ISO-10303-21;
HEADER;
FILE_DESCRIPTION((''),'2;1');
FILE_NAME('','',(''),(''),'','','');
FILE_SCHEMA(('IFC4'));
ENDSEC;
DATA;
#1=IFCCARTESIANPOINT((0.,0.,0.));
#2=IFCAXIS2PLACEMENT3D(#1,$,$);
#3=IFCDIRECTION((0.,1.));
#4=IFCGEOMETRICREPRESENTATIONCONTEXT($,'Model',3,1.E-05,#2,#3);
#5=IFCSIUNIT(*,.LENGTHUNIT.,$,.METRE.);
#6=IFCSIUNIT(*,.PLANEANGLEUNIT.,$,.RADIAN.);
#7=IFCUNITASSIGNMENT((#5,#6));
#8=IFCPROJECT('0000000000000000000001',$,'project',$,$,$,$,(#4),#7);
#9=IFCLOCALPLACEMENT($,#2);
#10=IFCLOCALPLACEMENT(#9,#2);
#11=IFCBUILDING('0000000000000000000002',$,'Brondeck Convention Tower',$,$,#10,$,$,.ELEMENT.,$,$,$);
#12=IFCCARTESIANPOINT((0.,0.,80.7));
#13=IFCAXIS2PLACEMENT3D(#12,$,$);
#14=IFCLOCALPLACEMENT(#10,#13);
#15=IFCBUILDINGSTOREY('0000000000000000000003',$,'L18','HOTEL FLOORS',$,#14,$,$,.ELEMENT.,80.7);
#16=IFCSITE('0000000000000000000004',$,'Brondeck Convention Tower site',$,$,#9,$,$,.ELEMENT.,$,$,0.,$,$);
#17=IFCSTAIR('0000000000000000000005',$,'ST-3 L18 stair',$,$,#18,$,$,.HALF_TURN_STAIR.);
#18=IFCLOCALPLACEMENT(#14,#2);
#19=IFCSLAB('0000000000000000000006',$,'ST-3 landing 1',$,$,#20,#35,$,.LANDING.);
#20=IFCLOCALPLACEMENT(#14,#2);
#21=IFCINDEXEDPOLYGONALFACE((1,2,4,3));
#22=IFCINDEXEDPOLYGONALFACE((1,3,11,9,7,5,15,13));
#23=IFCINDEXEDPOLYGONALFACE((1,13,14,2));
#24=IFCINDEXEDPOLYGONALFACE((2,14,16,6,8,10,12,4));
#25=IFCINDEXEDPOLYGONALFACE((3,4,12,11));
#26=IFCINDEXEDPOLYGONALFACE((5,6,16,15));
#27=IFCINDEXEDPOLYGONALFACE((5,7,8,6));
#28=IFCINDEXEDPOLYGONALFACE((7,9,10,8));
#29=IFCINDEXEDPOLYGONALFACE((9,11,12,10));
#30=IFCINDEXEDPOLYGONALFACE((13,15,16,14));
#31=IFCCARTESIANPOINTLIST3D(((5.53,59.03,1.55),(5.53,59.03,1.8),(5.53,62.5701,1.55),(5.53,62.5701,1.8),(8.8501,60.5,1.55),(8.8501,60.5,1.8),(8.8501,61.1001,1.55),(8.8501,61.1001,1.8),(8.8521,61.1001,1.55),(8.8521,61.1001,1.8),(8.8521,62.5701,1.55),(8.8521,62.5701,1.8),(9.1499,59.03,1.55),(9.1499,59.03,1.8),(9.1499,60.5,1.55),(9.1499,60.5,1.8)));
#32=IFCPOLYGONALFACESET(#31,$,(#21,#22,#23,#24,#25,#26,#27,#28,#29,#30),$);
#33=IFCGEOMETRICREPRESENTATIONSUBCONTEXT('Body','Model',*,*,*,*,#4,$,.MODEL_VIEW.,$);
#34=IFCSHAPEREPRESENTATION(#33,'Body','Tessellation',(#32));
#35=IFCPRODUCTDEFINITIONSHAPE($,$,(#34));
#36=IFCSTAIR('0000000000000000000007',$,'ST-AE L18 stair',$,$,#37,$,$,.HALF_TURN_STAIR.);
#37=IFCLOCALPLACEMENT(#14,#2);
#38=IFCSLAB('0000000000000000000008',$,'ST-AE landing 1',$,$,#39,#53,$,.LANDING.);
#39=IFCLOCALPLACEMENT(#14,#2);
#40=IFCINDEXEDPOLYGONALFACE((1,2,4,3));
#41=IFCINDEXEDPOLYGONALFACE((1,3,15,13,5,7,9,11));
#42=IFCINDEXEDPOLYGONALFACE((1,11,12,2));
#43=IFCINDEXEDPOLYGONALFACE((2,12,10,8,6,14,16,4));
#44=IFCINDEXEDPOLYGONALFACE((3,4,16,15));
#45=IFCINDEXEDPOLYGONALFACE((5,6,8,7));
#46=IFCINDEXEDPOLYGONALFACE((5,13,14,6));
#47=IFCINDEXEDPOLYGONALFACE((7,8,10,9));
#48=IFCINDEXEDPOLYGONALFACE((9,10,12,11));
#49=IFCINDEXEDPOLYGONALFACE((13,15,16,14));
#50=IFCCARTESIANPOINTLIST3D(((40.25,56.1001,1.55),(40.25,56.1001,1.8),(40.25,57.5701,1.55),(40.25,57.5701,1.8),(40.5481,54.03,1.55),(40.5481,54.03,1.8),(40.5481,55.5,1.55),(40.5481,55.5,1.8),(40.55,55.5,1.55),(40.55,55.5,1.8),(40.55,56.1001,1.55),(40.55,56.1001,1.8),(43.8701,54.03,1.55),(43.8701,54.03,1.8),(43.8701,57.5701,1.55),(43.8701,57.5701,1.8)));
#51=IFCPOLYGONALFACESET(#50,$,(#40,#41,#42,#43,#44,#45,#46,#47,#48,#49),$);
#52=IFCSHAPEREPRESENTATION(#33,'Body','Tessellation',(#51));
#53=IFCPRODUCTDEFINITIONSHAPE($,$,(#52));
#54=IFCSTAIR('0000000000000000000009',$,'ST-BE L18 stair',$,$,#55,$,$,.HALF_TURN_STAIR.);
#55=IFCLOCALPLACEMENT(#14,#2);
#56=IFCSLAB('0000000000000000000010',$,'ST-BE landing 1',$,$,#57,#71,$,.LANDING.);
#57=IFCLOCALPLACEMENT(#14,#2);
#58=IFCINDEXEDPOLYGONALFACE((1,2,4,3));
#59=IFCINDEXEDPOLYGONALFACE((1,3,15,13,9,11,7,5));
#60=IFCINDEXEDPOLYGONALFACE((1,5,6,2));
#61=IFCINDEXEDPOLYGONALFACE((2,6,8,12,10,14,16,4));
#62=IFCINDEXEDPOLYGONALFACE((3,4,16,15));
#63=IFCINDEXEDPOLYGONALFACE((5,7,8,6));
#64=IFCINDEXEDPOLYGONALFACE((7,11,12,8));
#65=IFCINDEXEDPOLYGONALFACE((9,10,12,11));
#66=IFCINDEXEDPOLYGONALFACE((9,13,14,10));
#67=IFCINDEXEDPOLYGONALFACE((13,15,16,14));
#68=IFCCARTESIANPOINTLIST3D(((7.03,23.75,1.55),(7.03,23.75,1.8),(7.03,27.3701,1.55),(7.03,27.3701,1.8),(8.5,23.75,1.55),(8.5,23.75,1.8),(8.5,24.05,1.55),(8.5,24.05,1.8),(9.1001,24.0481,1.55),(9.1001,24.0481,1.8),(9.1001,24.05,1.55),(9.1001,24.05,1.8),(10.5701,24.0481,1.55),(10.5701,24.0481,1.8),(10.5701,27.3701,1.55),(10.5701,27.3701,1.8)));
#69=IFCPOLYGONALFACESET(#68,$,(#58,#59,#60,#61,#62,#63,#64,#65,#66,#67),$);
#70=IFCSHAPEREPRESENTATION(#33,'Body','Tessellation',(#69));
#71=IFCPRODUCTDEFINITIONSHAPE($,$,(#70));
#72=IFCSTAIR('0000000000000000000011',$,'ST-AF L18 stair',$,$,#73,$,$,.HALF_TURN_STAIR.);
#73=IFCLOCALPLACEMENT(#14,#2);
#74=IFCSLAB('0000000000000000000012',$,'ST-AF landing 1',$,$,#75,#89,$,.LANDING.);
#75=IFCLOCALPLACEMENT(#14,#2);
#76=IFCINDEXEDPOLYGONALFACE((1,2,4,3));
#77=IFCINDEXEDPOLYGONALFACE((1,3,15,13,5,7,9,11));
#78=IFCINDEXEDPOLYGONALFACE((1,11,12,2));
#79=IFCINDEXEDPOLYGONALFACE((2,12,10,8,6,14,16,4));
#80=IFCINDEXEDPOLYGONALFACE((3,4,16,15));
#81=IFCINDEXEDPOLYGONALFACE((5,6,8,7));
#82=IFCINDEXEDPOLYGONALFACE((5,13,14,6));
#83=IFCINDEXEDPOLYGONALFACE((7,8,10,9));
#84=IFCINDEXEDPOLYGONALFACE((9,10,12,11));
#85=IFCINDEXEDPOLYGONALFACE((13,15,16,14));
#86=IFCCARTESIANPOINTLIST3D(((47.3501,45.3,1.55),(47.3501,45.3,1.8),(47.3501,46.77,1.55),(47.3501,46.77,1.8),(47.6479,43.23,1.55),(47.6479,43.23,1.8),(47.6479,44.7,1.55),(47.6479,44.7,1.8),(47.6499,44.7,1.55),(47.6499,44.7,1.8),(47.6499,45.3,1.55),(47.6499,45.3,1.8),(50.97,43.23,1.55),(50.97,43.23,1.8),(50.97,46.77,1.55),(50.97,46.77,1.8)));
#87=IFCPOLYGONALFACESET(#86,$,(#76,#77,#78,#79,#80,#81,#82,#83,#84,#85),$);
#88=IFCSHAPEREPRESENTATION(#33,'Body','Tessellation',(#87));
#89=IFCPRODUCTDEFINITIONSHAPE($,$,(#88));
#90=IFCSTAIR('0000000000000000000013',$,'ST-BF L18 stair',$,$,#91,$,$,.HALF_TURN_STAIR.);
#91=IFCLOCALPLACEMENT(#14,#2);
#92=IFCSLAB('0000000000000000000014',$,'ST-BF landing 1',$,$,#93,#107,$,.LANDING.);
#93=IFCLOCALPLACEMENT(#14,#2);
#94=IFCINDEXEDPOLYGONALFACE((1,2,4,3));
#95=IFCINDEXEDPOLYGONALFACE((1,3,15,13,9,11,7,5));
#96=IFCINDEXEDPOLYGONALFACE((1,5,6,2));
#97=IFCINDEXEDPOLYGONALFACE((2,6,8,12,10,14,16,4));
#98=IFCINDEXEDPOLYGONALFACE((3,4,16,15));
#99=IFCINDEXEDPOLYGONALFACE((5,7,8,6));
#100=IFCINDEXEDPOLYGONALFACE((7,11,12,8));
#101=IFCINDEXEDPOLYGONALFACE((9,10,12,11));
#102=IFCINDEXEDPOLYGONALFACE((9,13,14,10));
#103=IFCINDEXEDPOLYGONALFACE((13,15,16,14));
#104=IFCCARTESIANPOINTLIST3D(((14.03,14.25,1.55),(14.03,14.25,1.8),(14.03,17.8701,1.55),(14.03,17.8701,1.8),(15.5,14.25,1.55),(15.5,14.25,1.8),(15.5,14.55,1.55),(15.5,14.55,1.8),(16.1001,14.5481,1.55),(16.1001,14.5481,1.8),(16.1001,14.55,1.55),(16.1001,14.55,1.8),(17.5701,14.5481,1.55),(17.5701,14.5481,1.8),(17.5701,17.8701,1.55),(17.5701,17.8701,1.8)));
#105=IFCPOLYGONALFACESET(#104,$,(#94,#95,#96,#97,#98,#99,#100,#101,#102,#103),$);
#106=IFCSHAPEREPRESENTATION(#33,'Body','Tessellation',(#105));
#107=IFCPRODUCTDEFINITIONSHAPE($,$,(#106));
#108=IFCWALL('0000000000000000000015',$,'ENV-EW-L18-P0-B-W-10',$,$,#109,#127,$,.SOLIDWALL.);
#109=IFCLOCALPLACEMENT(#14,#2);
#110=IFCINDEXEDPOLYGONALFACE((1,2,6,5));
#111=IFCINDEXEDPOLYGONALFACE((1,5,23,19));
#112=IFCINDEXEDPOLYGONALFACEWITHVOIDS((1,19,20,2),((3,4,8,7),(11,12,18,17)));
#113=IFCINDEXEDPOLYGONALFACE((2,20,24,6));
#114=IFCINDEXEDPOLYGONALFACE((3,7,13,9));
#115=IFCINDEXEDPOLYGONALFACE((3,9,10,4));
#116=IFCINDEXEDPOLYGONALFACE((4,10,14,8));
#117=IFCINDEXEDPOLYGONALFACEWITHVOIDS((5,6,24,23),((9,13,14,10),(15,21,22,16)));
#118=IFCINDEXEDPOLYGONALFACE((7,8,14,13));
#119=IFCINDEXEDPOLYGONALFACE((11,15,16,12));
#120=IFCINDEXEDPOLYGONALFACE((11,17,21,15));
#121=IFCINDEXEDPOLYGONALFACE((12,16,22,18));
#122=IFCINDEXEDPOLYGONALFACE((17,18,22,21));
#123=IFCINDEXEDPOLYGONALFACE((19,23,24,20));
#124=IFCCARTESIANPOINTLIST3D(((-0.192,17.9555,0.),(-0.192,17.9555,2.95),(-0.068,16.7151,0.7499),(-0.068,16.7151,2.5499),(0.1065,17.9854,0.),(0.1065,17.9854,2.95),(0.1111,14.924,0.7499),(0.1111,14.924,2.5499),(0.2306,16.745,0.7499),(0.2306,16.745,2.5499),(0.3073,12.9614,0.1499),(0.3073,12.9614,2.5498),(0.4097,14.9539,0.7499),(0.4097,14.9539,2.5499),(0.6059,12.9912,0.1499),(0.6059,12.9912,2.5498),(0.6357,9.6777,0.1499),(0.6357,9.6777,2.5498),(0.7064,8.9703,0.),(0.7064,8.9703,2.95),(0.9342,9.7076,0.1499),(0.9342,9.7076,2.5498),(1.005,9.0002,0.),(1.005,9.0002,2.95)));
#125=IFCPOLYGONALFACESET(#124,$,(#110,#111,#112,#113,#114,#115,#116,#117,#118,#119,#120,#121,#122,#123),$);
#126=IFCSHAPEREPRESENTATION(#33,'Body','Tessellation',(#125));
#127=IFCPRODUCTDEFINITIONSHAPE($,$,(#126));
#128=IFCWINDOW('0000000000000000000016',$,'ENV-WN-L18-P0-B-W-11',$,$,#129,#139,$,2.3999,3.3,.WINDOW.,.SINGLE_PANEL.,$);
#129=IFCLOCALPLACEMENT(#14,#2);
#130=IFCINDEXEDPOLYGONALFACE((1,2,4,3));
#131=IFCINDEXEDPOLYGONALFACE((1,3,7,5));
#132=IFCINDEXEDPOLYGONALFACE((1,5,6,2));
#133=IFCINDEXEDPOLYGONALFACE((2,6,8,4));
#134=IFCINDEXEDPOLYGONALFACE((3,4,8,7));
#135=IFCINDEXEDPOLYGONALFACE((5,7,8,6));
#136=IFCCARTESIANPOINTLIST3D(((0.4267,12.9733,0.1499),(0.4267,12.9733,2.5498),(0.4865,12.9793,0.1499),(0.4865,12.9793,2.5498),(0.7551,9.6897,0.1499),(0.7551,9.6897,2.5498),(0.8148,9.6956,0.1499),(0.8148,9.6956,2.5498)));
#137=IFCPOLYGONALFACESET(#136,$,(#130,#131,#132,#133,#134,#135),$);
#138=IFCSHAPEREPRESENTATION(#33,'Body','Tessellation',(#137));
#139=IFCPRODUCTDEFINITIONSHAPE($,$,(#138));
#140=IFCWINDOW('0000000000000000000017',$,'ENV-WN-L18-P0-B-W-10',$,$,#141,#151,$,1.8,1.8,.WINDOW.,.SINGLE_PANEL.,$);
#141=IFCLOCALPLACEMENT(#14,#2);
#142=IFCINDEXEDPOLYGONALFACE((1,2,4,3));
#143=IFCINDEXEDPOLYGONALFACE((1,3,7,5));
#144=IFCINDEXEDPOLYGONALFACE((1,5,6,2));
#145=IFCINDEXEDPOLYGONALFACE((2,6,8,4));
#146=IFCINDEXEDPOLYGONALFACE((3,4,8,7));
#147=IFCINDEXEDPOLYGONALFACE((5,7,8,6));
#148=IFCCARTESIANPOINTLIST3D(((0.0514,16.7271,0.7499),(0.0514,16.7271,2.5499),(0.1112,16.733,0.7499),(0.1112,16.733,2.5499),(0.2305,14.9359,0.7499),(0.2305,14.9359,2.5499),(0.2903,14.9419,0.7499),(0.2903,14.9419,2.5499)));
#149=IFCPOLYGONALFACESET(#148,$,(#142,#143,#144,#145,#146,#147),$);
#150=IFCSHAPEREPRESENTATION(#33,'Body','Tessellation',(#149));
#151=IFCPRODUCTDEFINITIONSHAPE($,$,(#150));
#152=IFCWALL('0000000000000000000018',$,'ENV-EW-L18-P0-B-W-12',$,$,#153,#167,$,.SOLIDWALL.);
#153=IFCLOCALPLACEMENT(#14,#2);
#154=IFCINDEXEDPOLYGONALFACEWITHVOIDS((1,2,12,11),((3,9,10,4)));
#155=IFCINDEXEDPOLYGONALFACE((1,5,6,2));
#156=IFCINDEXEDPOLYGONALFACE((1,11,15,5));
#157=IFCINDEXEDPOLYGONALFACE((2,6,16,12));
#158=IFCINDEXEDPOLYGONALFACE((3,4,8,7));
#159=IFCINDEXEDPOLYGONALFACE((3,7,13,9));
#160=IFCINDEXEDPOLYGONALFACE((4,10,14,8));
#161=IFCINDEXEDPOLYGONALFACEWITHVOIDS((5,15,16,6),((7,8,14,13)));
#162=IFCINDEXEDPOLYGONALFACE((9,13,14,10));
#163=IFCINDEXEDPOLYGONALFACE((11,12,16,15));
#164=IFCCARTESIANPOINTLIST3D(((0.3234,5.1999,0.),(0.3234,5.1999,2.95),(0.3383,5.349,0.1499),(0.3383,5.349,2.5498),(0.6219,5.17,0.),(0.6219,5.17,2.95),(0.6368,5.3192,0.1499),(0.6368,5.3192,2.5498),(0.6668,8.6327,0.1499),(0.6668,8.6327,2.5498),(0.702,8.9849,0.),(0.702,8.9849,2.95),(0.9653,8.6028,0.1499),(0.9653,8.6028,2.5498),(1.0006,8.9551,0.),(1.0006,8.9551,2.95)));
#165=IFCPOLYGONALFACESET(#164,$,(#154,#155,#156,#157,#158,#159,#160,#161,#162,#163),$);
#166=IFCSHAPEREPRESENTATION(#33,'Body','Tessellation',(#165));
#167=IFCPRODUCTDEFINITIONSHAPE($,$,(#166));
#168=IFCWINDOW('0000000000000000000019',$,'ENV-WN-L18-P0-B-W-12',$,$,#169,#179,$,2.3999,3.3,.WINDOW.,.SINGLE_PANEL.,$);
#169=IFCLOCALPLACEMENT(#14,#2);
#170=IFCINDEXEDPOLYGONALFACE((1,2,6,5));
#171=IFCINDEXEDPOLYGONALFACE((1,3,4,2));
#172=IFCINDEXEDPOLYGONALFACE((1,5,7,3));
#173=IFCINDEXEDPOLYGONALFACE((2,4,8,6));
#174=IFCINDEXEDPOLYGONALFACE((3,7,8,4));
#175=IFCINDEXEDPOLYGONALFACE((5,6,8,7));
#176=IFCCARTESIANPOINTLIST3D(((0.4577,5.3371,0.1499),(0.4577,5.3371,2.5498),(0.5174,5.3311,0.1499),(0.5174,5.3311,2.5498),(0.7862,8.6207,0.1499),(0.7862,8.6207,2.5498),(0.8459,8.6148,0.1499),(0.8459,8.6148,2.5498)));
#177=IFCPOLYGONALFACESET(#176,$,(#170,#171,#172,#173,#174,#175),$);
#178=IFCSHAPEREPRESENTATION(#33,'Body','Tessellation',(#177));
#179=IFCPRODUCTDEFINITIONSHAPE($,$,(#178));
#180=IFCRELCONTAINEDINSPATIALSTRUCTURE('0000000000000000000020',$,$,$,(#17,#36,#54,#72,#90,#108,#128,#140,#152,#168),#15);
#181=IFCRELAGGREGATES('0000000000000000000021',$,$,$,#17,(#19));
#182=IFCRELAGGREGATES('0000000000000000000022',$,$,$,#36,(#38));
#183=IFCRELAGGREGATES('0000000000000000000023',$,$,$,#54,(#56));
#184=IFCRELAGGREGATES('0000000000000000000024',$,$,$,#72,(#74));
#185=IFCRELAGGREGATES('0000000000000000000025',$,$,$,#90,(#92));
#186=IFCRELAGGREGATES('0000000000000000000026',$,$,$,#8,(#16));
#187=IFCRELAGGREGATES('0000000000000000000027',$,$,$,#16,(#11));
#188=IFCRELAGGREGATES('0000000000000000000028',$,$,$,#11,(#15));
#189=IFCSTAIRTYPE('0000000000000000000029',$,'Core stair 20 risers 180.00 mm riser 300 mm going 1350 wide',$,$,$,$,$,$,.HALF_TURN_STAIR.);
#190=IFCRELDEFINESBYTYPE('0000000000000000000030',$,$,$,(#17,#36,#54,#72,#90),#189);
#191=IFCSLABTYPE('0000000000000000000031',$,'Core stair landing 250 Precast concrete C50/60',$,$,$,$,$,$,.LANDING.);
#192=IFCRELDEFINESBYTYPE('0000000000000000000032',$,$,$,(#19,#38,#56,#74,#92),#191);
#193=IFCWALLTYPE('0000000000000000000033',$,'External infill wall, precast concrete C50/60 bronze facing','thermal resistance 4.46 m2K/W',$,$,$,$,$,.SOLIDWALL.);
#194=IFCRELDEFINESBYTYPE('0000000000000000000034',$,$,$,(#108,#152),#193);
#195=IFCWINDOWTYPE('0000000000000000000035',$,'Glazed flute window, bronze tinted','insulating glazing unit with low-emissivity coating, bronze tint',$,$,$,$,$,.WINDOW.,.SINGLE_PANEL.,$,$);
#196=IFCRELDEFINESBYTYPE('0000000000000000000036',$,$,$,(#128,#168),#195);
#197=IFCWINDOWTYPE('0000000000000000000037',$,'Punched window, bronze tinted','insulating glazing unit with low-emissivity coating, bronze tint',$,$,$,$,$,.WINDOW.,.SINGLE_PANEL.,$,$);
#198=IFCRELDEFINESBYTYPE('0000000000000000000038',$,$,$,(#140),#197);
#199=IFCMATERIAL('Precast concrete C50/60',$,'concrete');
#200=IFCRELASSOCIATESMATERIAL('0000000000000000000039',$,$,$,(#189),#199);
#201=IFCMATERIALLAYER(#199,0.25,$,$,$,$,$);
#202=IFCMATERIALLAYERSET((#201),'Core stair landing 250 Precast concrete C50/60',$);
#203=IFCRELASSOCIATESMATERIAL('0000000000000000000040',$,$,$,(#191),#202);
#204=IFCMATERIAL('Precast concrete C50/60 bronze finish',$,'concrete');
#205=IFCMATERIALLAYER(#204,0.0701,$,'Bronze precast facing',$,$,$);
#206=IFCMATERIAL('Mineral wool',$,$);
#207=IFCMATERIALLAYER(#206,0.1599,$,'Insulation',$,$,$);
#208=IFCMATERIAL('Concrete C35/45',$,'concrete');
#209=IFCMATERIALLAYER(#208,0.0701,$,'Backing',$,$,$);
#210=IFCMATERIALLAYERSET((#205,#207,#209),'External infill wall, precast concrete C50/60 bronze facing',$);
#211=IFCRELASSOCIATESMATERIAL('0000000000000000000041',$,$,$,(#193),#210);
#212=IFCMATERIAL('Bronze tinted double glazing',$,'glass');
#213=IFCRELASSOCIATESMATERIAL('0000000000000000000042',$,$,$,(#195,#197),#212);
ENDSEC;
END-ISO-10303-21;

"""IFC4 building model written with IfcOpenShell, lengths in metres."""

from ifc_helpers import new_model, si_unit, direction, frame, frame_2d, origin, place, context, subcontext, project, spatial, polyline, rectangle, outline, extrude, material, layer, layer_set, type_object, element, fill, aggregate, save


model = new_model("IFC4")

# Units and contexts
model_context = context("Model", 3, precision=1e-05, world=origin(), true_north=direction((0.0, 1.0)))
body_context = subcontext(model_context, "Body", "Model", "MODEL_VIEW")
ifc_project = project(units=[si_unit("LENGTHUNIT", "METRE"), si_unit("PLANEANGLEUNIT", "RADIAN")], contexts=[model_context])

# Site, building, storey
site_placement = place(None, origin())
site = spatial("IfcSite", under=ifc_project, at=site_placement, Name="Brondeck Convention Tower site", CompositionType="ELEMENT", RefElevation=0.0)
building_placement = place(site_placement, origin())
building = spatial("IfcBuilding", under=site, at=building_placement, Name="Brondeck Convention Tower", CompositionType="ELEMENT")
storey_placement = place(building_placement, frame((0.0, 0.0, 80.7)))
storey = spatial("IfcBuildingStorey", under=building, at=storey_placement, Name="L18", Description="HOTEL FLOORS", CompositionType="ELEMENT", Elevation=80.7)

# Shared definitions
ifc_material_1 = material(Name="Concrete C35/45", Category="concrete")

# Stairs, slabs
ifc_material_2 = material(Name="Precast concrete C50/60", Category="concrete")
stair_type = type_object("IfcStairType", Name="Core stair 20 risers 180.00 mm riser 300 mm going 1350 wide", PredefinedType="HALF_TURN_STAIR", material=ifc_material_2)
ifc_layer_1 = layer(ifc_material_2, 0.25)
ifc_layer_set_1 = layer_set([ifc_layer_1], Name="Core stair landing 250 Precast concrete C50/60")
slab_type_1 = type_object("IfcSlabType", Name="Core stair landing 250 Precast concrete C50/60", PredefinedType="LANDING", material=ifc_layer_set_1)
stair_1_placement = place(storey_placement, origin())
stair_1 = element("IfcStair", 1, at=stair_1_placement, inside=storey, type_object=stair_type, Name="ST-3 L18 stair", PredefinedType="HALF_TURN_STAIR")
slab_1_placement = place(storey_placement, frame((0.0, 0.0, 1.55)))
slab_1 = element("IfcSlab", 2, at=slab_1_placement, type_object=slab_type_1, Name="ST-3 landing 1", PredefinedType="LANDING", context=body_context, shape_type="SweptSolid", body=[
    extrude(outline(polyline([(9.1499, 60.5), (9.1499, 59.03), (5.53, 59.03), (5.53, 62.5701), (8.8521, 62.5701), (8.8521, 61.1001), (8.8501, 61.1001), (8.8501, 60.5), (9.1499, 60.5)])), origin(), (0.0, 0.0, 1.0), 0.25),
])
aggregate(stair_1, [slab_1])
stair_2_placement = place(storey_placement, origin())
stair_2 = element("IfcStair", 3, at=stair_2_placement, inside=storey, type_object=stair_type, Name="ST-AE L18 stair", PredefinedType="HALF_TURN_STAIR")
slab_2_placement = place(storey_placement, frame((0.0, 0.0, 1.55)))
slab_2 = element("IfcSlab", 4, at=slab_2_placement, type_object=slab_type_1, Name="ST-AE landing 1", PredefinedType="LANDING", context=body_context, shape_type="SweptSolid", body=[
    extrude(outline(polyline([(40.5481, 55.5), (40.55, 55.5), (40.55, 56.1001), (40.25, 56.1001), (40.25, 57.5701), (43.8701, 57.5701), (43.8701, 54.03), (40.5481, 54.03), (40.5481, 55.5)])), origin(), (0.0, 0.0, 1.0), 0.25),
])
aggregate(stair_2, [slab_2])
stair_3_placement = place(storey_placement, origin())
stair_3 = element("IfcStair", 5, at=stair_3_placement, inside=storey, type_object=stair_type, Name="ST-BE L18 stair", PredefinedType="HALF_TURN_STAIR")
slab_3_placement = place(storey_placement, frame((0.0, 0.0, 1.55)))
slab_3 = element("IfcSlab", 6, at=slab_3_placement, type_object=slab_type_1, Name="ST-BE landing 1", PredefinedType="LANDING", context=body_context, shape_type="SweptSolid", body=[
    extrude(outline(polyline([(7.03, 23.75), (7.03, 27.3701), (10.5701, 27.3701), (10.5701, 24.0481), (9.1001, 24.0481), (9.1001, 24.05), (8.5, 24.05), (8.5, 23.75), (7.03, 23.75)])), origin(), (0.0, 0.0, 1.0), 0.25),
])
aggregate(stair_3, [slab_3])
stair_4_placement = place(storey_placement, origin())
stair_4 = element("IfcStair", 7, at=stair_4_placement, inside=storey, type_object=stair_type, Name="ST-AF L18 stair", PredefinedType="HALF_TURN_STAIR")
slab_4_placement = place(storey_placement, frame((0.0, 0.0, 1.55)))
slab_4 = element("IfcSlab", 8, at=slab_4_placement, type_object=slab_type_1, Name="ST-AF landing 1", PredefinedType="LANDING", context=body_context, shape_type="SweptSolid", body=[
    extrude(outline(polyline([(47.6479, 44.7), (47.6499, 44.7), (47.6499, 45.3), (47.3501, 45.3), (47.3501, 46.77), (50.97, 46.77), (50.97, 43.23), (47.6479, 43.23), (47.6479, 44.7)])), origin(), (0.0, 0.0, 1.0), 0.25),
])
aggregate(stair_4, [slab_4])
stair_5_placement = place(storey_placement, origin())
stair_5 = element("IfcStair", 9, at=stair_5_placement, inside=storey, type_object=stair_type, Name="ST-BF L18 stair", PredefinedType="HALF_TURN_STAIR")
slab_5_placement = place(storey_placement, frame((0.0, 0.0, 1.55)))
slab_5 = element("IfcSlab", 10, at=slab_5_placement, type_object=slab_type_1, Name="ST-BF landing 1", PredefinedType="LANDING", context=body_context, shape_type="SweptSolid", body=[
    extrude(outline(polyline([(14.03, 14.25), (14.03, 17.8701), (17.5701, 17.8701), (17.5701, 14.5481), (16.1001, 14.5481), (16.1001, 14.55), (15.5, 14.55), (15.5, 14.25), (14.03, 14.25)])), origin(), (0.0, 0.0, 1.0), 0.25),
])
aggregate(stair_5, [slab_5])

# Wall, openings, windows
ifc_material_3 = material(Name="Precast concrete C50/60 bronze finish", Category="concrete")
ifc_layer_2 = layer(ifc_material_3, 0.0701, Name="Bronze precast facing")
ifc_material_4 = material(Name="Mineral wool")
ifc_layer_3 = layer(ifc_material_4, 0.1599, Name="Insulation")
ifc_layer_4 = layer(ifc_material_1, 0.0701, Name="Backing")
ifc_layer_set_2 = layer_set([ifc_layer_2, ifc_layer_3, ifc_layer_4], Name="External infill wall, precast concrete C50/60 bronze facing")
wall_type_1 = type_object("IfcWallType", Name="External infill wall, precast concrete C50/60 bronze facing", Description="thermal resistance 4.46 m2K/W", PredefinedType="SOLIDWALL", material=ifc_layer_set_2)
wall_1_placement = place(storey_placement, frame((0.8557, 8.9851, 0.0), z_axis=(0.0, 0.0, 1.0), x_axis=(-0.099496, 0.995038, 0.0)))
wall_1 = element("IfcWall", 11, at=wall_1_placement, inside=storey, type_object=wall_type_1, Name="ENV-EW-L18-P0-B-W-10", PredefinedType="SOLIDWALL", context=body_context, shape_type="SweptSolid", body=[
    extrude(rectangle(XDim=9.03, YDim=0.3, at=frame_2d((4.5151, 0.0))), origin(), (0.0, 0.0, 1.0), 2.95),
])
opening_1_placement = place(wall_1_placement, frame((0.7112, 0.0, 0.1499)))
opening_1 = element("IfcOpeningElement", 12, at=opening_1_placement, cuts=wall_1, PredefinedType="OPENING", context=body_context, shape_type="SweptSolid", body=[
    extrude(rectangle(XDim=3.3, YDim=2.3999, at=frame_2d((1.6499, 1.2))), frame((0.0, 0.1599, 0.0), z_axis=(0.0, -1.0, 0.0), x_axis=(1.0, 0.0, 0.0)), (0.0, 0.0, 1.0), 0.3201),
])
opening_2_placement = place(wall_1_placement, frame((5.9836, 0.0, 0.75)))
opening_2 = element("IfcOpeningElement", 13, at=opening_2_placement, cuts=wall_1, PredefinedType="OPENING", context=body_context, shape_type="SweptSolid", body=[
    extrude(rectangle(XDim=1.8, YDim=1.8, at=frame_2d((0.8999, 0.8999))), frame((0.0, 0.1599, 0.0), z_axis=(0.0, -1.0, 0.0), x_axis=(1.0, 0.0, 0.0)), (0.0, 0.0, 1.0), 0.3201),
])
ifc_material_5 = material(Name="Bronze tinted double glazing", Category="glass")
window_type_1 = type_object("IfcWindowType", Name="Glazed flute window, bronze tinted", Description="insulating glazing unit with low-emissivity coating, bronze tint", PartitioningType="SINGLE_PANEL", PredefinedType="WINDOW", material=ifc_material_5)
window_1_placement = place(opening_1_placement, origin())
window_1 = element("IfcWindow", 14, at=window_1_placement, inside=storey, type_object=window_type_1, Name="ENV-WN-L18-P0-B-W-11", OverallHeight=2.3999, OverallWidth=3.3, PartitioningType="SINGLE_PANEL", PredefinedType="WINDOW", context=body_context, shape_type="SweptSolid", body=[
    extrude(rectangle(XDim=3.3, YDim=2.3999, at=frame_2d((1.6499, 1.2))), frame((0.0, 0.03, 0.0), z_axis=(0.0, -1.0, 0.0), x_axis=(1.0, 0.0, 0.0)), (0.0, 0.0, 1.0), 0.0601),
])
fill(opening_1, window_1)
window_type_2 = type_object("IfcWindowType", Name="Punched window, bronze tinted", Description="insulating glazing unit with low-emissivity coating, bronze tint", PartitioningType="SINGLE_PANEL", PredefinedType="WINDOW", material=ifc_material_5)
window_2_placement = place(opening_2_placement, origin())
window_2 = element("IfcWindow", 15, at=window_2_placement, inside=storey, type_object=window_type_2, Name="ENV-WN-L18-P0-B-W-10", OverallHeight=1.8, OverallWidth=1.8, PartitioningType="SINGLE_PANEL", PredefinedType="WINDOW", context=body_context, shape_type="SweptSolid", body=[
    extrude(rectangle(XDim=1.8, YDim=1.8, at=frame_2d((0.8999, 0.8999))), frame((0.0, 0.03, 0.0), z_axis=(0.0, -1.0, 0.0), x_axis=(1.0, 0.0, 0.0)), (0.0, 0.0, 1.0), 0.0601),
])
fill(opening_2, window_2)

# Wall, opening, window
wall_2_placement = place(storey_placement, frame((0.4727, 5.1851, 0.0), z_axis=(0.0, 0.0, 1.0), x_axis=(0.099542, 0.995033, 0.0)))
wall_2 = element("IfcWall", 16, at=wall_2_placement, inside=storey, type_object=wall_type_1, Name="ENV-EW-L18-P0-B-W-12", PredefinedType="SOLIDWALL", context=body_context, shape_type="SweptSolid", body=[
    extrude(rectangle(XDim=3.804, YDim=0.3, at=frame_2d((1.9019, 0.0))), origin(), (0.0, 0.0, 1.0), 2.95),
])
opening_3_placement = place(wall_2_placement, frame((0.1499, 0.0, 0.1499)))
opening_3 = element("IfcOpeningElement", 17, at=opening_3_placement, cuts=wall_2, PredefinedType="OPENING", context=body_context, shape_type="SweptSolid", body=[
    extrude(rectangle(XDim=3.3, YDim=2.3999, at=frame_2d((1.6499, 1.2))), frame((0.0, 0.1599, 0.0), z_axis=(0.0, -1.0, 0.0), x_axis=(1.0, 0.0, 0.0)), (0.0, 0.0, 1.0), 0.3201),
])
window_3_placement = place(opening_3_placement, origin())
window_3 = element("IfcWindow", 18, at=window_3_placement, inside=storey, type_object=window_type_1, Name="ENV-WN-L18-P0-B-W-12", OverallHeight=2.3999, OverallWidth=3.3, PartitioningType="SINGLE_PANEL", PredefinedType="WINDOW", context=body_context, shape_type="SweptSolid", body=[
    extrude(rectangle(XDim=3.3, YDim=2.3999, at=frame_2d((1.6499, 1.2))), frame((0.0, 0.03, 0.0), z_axis=(0.0, -1.0, 0.0), x_axis=(1.0, 0.0, 0.0)), (0.0, 0.0, 1.0), 0.0601),
])
fill(opening_3, window_3)

save(model, "model.ifc")
